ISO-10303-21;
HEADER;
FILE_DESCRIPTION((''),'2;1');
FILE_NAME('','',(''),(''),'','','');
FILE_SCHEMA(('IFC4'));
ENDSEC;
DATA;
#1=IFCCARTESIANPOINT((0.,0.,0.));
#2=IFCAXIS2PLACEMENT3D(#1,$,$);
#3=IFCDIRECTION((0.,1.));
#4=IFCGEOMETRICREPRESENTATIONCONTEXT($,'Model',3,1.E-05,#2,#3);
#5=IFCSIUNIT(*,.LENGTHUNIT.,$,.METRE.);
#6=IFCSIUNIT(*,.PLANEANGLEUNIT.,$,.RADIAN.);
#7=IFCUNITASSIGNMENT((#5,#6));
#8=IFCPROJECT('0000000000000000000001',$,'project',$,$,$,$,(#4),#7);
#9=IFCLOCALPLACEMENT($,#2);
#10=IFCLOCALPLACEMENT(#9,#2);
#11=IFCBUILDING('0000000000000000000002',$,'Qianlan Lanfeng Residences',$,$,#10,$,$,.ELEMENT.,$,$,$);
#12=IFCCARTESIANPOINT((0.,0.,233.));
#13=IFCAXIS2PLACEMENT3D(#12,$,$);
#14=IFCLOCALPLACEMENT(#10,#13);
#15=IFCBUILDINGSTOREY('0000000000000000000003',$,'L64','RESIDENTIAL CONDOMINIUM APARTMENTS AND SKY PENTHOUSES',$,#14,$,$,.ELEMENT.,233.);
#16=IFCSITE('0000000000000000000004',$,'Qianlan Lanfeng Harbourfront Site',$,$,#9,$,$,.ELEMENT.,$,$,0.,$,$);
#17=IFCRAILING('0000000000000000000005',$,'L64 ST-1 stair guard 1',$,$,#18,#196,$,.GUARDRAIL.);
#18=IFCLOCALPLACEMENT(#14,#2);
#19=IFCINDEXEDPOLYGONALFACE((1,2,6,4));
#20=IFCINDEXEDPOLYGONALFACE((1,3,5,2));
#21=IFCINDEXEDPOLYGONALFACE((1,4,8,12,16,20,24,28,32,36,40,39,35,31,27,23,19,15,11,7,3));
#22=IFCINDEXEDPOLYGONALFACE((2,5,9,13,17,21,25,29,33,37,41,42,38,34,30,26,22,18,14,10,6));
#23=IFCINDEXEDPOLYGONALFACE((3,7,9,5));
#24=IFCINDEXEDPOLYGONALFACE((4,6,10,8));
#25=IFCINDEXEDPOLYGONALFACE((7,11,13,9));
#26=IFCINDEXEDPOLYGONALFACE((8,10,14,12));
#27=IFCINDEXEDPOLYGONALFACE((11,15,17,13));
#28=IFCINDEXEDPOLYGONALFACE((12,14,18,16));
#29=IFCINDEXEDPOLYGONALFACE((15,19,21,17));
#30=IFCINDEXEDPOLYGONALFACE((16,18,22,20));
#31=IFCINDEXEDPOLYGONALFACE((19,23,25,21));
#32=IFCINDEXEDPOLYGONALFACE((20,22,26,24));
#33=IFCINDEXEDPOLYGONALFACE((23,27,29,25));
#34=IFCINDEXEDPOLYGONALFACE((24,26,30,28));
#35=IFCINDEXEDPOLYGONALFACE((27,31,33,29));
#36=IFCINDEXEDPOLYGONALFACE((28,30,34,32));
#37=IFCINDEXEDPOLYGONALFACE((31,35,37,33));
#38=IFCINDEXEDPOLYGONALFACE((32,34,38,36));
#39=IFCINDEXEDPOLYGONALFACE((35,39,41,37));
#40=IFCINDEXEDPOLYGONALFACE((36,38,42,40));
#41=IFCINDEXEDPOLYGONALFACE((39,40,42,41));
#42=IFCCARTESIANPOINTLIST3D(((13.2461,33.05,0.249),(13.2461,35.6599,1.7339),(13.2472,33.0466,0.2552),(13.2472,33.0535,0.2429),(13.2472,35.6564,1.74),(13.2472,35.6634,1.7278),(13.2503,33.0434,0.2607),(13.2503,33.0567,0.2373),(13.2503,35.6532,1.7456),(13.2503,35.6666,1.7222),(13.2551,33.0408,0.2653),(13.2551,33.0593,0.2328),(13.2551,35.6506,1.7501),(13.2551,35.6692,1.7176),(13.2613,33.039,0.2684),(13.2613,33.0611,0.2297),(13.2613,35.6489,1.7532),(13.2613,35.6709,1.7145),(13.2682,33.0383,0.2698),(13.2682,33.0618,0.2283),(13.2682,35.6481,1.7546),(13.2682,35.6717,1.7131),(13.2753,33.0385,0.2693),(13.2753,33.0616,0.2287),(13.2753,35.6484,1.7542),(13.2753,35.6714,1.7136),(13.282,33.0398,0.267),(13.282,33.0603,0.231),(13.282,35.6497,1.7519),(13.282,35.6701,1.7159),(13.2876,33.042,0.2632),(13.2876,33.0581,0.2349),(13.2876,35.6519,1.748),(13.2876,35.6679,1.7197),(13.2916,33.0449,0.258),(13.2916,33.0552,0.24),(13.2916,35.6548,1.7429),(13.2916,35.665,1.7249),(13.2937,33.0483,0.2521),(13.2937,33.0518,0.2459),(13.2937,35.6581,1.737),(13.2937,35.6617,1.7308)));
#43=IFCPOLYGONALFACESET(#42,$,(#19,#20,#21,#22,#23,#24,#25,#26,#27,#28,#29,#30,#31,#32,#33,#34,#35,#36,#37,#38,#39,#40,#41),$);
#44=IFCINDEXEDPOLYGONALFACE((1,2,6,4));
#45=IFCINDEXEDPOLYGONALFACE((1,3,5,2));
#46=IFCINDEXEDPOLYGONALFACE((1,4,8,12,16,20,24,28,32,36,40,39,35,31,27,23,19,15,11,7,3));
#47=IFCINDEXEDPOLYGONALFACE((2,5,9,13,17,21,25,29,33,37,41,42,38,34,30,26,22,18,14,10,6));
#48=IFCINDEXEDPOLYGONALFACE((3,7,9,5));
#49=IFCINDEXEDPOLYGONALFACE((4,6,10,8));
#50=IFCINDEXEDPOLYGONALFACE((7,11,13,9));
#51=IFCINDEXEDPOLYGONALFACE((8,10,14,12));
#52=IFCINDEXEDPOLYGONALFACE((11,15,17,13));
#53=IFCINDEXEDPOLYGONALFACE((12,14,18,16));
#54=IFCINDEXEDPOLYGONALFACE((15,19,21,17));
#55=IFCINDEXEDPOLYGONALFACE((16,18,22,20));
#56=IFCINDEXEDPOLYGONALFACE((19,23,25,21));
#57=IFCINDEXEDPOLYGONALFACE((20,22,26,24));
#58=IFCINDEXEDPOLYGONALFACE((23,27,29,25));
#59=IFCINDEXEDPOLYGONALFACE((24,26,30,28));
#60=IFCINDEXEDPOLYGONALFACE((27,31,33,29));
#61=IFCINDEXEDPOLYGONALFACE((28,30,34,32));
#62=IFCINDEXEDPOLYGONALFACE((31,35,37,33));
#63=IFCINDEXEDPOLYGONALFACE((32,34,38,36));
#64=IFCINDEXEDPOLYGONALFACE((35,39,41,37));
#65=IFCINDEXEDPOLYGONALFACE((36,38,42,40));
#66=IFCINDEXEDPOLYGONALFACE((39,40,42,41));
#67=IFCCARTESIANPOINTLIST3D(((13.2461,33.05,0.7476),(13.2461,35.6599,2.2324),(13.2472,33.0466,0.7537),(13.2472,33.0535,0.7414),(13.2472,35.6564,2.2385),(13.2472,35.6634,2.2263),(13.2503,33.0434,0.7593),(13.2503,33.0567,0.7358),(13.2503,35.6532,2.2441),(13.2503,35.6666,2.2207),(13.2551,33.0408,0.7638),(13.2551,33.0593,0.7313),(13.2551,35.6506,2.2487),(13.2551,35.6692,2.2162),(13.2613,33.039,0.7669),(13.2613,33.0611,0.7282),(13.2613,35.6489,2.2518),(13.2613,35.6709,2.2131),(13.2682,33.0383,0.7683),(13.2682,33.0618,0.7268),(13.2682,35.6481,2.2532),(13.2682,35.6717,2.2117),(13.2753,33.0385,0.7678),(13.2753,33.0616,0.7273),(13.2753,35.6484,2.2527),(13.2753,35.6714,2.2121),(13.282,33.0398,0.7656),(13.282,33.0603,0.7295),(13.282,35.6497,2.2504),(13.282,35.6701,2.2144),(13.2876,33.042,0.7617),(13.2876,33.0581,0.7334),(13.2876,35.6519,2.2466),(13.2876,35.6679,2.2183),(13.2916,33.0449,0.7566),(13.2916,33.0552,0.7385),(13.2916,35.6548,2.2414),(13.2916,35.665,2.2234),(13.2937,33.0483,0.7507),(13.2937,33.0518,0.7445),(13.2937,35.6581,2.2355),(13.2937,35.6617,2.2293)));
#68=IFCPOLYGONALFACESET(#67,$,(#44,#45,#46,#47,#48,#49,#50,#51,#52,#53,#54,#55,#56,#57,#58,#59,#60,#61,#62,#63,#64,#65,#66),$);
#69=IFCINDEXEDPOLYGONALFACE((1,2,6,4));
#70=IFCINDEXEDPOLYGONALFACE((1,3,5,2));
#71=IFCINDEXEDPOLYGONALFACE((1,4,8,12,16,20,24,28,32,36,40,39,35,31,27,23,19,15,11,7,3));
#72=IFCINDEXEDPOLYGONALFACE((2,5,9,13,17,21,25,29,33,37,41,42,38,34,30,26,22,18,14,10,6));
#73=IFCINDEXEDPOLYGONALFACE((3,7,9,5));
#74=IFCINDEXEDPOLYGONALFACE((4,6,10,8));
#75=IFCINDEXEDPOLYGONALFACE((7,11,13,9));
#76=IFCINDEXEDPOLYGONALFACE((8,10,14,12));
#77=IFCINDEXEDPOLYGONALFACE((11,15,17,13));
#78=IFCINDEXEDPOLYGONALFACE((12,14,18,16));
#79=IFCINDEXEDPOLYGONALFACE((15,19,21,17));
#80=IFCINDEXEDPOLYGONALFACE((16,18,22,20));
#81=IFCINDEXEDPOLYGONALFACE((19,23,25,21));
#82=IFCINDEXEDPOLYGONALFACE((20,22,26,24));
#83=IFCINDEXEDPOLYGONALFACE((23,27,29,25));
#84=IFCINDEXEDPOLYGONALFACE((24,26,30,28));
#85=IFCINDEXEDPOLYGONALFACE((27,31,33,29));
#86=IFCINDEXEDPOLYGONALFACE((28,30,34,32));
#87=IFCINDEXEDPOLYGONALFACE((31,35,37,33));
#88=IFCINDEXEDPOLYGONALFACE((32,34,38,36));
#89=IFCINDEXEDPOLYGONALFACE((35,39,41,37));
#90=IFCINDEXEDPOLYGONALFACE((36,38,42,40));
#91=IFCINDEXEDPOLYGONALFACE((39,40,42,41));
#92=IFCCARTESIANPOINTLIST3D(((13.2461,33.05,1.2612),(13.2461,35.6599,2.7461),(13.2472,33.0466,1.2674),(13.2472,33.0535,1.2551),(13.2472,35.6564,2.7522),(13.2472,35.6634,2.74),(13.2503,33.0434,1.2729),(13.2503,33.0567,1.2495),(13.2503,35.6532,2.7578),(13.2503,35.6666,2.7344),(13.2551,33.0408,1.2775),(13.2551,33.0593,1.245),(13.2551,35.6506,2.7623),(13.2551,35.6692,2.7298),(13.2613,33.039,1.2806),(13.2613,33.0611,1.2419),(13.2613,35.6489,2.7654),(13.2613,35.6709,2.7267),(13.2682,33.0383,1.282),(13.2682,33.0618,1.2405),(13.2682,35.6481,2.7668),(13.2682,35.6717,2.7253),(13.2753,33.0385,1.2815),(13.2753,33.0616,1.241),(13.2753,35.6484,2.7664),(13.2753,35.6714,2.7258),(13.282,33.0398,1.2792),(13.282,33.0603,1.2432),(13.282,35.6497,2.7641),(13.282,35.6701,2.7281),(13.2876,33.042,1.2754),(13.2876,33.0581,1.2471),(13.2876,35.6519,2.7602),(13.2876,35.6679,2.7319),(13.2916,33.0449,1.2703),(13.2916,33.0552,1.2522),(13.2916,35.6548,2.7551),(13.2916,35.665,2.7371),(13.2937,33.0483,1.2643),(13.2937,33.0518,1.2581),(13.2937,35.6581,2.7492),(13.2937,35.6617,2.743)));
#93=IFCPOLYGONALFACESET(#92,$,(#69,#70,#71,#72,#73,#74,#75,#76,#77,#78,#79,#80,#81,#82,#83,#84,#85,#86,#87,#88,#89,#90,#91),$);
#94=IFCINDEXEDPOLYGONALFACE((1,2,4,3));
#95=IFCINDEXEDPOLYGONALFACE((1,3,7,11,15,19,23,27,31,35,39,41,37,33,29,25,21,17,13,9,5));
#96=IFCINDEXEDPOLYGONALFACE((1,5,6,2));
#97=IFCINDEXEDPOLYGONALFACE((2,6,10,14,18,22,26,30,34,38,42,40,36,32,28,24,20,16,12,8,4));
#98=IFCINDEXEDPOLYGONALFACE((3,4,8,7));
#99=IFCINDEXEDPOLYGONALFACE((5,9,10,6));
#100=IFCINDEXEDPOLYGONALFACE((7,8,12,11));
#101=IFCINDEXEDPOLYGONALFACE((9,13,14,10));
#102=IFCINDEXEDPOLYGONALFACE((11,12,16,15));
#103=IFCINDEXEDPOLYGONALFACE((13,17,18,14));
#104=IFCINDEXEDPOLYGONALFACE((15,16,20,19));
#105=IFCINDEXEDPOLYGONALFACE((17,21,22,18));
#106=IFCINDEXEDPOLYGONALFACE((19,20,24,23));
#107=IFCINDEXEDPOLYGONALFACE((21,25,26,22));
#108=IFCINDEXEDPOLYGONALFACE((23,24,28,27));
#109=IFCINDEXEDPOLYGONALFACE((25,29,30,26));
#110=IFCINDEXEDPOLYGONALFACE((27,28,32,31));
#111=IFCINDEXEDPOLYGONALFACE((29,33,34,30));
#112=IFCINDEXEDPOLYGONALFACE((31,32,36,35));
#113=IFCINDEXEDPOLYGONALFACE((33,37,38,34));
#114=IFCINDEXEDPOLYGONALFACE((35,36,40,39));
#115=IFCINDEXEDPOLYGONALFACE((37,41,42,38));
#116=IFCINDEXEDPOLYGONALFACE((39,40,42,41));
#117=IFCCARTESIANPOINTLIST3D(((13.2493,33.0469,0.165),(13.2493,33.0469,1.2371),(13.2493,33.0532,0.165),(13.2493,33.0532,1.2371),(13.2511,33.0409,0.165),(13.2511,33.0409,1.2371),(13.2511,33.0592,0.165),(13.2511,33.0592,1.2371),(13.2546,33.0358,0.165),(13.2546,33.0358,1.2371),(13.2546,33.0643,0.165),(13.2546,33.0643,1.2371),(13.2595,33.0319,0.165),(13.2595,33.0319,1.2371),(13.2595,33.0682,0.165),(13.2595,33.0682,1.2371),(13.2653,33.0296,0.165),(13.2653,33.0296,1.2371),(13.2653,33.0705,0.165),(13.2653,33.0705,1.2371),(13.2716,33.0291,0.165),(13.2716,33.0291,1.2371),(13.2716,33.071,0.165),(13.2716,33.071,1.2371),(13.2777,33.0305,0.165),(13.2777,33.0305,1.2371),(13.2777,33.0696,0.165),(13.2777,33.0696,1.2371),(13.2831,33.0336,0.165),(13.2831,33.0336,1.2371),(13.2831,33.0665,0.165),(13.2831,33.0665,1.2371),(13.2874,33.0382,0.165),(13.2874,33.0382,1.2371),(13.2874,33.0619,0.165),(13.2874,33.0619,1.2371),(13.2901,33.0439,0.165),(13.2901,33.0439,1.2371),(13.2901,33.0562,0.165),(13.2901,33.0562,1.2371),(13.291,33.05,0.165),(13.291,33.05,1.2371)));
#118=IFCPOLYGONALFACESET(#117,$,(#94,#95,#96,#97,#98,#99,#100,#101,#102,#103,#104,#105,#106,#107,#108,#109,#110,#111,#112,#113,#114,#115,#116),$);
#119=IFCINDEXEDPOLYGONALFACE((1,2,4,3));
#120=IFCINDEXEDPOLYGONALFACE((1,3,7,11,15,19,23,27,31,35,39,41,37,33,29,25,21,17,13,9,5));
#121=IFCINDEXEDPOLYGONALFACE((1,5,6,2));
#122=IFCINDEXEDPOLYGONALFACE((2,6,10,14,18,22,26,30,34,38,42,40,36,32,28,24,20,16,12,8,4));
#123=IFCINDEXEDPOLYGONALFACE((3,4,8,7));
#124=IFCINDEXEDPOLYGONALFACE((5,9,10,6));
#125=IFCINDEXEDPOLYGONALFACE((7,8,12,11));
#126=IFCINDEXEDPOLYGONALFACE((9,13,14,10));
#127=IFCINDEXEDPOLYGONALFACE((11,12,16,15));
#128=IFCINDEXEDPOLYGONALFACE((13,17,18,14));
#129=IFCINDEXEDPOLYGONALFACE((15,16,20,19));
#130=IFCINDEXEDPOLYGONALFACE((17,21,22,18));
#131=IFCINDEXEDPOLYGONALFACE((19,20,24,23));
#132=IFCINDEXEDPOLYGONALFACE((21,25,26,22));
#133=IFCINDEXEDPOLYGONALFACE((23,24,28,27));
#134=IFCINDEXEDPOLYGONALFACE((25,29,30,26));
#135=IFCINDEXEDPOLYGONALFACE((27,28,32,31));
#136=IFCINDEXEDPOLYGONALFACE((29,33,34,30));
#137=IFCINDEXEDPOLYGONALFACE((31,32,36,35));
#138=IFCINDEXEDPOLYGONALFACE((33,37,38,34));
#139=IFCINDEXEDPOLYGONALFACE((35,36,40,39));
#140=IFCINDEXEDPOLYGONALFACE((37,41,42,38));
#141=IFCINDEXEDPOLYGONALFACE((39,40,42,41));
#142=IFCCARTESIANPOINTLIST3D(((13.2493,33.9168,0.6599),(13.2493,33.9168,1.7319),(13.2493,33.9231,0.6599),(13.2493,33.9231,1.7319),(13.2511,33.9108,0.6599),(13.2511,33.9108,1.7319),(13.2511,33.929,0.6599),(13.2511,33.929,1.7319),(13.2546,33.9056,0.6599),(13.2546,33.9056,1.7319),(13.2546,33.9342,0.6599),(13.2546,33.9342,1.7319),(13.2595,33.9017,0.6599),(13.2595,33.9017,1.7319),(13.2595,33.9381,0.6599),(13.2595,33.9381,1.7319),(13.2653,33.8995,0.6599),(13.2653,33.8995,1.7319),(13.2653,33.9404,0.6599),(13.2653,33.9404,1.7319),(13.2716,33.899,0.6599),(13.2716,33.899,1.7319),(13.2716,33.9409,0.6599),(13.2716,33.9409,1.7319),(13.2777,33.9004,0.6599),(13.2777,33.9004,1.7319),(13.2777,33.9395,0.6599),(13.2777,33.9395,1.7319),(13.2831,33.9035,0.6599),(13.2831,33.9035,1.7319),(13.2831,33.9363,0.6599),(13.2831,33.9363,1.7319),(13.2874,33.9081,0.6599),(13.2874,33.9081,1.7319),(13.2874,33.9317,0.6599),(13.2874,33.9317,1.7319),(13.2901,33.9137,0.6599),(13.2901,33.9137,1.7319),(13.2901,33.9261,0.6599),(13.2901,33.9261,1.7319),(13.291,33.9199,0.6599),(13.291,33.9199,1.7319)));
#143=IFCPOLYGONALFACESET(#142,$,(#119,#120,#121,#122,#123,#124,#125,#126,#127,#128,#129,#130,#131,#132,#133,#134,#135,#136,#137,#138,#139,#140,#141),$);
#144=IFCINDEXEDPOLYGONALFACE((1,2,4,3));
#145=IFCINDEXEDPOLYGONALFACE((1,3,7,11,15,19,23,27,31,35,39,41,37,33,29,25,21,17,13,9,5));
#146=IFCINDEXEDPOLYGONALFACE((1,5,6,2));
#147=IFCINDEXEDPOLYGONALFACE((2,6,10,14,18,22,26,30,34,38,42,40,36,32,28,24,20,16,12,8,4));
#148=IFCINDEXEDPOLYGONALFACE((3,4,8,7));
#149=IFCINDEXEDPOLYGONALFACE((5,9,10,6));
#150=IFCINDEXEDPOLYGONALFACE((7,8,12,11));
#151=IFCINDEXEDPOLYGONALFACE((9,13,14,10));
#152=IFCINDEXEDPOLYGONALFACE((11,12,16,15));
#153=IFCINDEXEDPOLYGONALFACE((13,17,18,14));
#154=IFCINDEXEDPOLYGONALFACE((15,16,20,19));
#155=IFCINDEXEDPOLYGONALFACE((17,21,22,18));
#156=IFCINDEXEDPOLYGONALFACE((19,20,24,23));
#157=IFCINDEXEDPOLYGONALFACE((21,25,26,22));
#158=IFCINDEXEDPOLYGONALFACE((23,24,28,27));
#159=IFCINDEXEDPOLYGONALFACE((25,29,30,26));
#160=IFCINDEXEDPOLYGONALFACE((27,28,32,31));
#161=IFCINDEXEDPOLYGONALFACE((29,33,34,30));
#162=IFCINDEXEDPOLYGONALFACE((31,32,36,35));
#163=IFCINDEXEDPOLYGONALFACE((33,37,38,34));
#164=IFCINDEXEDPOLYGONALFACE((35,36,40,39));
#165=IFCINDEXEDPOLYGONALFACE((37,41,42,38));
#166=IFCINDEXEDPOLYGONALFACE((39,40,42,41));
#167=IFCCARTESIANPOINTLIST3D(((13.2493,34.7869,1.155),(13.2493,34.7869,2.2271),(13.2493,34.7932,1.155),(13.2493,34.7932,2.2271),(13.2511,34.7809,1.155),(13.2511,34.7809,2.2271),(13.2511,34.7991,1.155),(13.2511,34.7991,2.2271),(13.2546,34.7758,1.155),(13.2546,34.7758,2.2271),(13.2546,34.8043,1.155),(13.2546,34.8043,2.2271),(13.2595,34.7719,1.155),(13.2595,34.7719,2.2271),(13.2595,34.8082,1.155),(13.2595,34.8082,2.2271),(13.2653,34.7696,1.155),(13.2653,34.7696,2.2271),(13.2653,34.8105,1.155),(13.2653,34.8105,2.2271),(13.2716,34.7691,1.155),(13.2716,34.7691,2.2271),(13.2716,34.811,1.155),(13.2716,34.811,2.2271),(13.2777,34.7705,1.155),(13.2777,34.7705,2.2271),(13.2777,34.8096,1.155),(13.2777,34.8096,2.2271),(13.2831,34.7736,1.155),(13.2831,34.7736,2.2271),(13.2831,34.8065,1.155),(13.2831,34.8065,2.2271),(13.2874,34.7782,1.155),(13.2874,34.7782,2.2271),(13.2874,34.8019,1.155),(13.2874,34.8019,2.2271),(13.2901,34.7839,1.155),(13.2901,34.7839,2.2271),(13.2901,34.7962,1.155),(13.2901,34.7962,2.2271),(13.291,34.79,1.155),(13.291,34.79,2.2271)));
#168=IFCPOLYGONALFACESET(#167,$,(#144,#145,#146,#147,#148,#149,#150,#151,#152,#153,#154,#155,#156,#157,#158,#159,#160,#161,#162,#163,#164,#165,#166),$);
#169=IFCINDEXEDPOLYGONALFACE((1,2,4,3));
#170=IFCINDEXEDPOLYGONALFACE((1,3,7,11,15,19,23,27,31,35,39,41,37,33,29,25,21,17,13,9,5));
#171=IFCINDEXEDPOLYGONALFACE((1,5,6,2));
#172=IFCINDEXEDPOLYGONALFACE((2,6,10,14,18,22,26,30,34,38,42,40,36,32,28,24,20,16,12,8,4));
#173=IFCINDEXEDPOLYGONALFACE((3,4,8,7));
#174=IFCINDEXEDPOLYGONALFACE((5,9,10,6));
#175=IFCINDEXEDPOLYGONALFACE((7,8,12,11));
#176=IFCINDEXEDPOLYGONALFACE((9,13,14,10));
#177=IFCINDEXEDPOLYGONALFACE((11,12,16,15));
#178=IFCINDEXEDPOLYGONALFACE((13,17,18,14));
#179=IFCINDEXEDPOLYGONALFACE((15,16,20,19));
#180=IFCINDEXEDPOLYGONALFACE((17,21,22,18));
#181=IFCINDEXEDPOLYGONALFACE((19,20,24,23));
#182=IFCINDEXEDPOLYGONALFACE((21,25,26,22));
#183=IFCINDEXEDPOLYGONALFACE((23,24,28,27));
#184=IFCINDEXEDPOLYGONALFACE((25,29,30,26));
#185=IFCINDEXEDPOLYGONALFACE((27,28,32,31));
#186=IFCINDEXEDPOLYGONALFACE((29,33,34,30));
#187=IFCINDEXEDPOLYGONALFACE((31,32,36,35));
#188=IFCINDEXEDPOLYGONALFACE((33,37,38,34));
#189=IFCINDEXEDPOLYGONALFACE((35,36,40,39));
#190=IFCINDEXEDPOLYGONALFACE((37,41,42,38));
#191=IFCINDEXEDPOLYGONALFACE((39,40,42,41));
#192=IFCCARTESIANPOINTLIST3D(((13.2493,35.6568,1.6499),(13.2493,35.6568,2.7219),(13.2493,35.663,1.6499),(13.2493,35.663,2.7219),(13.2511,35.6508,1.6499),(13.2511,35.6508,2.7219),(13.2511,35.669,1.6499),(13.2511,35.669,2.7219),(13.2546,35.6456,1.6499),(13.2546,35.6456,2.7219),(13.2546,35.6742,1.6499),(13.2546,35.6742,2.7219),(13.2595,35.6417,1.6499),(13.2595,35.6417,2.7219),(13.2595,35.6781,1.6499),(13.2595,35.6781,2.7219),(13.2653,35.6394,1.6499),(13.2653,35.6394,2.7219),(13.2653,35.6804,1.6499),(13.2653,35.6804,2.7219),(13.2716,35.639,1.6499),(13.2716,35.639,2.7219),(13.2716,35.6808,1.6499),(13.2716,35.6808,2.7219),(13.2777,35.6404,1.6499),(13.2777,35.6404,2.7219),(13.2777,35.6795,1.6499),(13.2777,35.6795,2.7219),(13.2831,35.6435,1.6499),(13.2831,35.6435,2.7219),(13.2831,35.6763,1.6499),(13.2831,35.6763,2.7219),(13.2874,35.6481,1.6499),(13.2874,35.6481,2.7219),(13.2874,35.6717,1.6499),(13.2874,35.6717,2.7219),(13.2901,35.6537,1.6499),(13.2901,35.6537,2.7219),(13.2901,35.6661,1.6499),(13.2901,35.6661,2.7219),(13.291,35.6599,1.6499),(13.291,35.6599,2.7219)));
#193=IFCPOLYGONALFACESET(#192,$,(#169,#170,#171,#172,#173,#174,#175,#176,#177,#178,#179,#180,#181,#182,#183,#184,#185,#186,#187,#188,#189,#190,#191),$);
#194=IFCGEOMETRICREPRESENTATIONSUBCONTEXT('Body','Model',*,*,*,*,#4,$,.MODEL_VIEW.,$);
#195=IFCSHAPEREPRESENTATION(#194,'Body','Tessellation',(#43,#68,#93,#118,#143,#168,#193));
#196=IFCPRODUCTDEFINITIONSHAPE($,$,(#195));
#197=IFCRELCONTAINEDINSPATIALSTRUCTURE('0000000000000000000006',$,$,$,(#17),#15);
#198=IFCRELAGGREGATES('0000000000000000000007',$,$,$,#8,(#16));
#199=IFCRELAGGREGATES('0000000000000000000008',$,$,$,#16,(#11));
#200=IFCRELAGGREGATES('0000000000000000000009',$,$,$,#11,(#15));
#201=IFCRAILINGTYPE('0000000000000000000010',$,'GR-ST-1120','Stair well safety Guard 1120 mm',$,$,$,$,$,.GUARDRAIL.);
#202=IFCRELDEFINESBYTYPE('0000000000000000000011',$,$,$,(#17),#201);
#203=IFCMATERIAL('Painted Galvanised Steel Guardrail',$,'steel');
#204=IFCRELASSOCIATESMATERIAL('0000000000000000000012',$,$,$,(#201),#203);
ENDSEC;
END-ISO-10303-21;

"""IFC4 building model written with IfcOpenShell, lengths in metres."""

from ifc_helpers import new_model, si_unit, direction, frame, origin, origin_2d, place, context, subcontext, project, spatial, circle, extrude, material, type_object, element, save


model = new_model("IFC4")

# Units and contexts
model_context = context("Model", 3, precision=1e-05, world=origin(), true_north=direction((0.0, 1.0)))
body_context = subcontext(model_context, "Body", "Model", "MODEL_VIEW")
ifc_project = project(units=[si_unit("LENGTHUNIT", "METRE"), si_unit("PLANEANGLEUNIT", "RADIAN")], contexts=[model_context])

# Site, building, storey
site_placement = place(None, origin())
site = spatial("IfcSite", under=ifc_project, at=site_placement, Name="Qianlan Lanfeng Harbourfront Site", CompositionType="ELEMENT", RefElevation=0.0)
building_placement = place(site_placement, origin())
building = spatial("IfcBuilding", under=site, at=building_placement, Name="Qianlan Lanfeng Residences", CompositionType="ELEMENT")
storey_placement = place(building_placement, frame((0.0, 0.0, 233.0)))
storey = spatial("IfcBuildingStorey", under=building, at=storey_placement, Name="L64", Description="RESIDENTIAL CONDOMINIUM APARTMENTS AND SKY PENTHOUSES", CompositionType="ELEMENT", Elevation=233.0)

# Railing
ifc_material_1 = material(Name="Painted Galvanised Steel Guardrail", Category="steel")
railing_type_1 = type_object("IfcRailingType", Name="GR-ST-1120", Description="Stair well safety Guard 1120 mm", PredefinedType="GUARDRAIL", material=ifc_material_1)
railing_1_placement = place(storey_placement, frame((13.27, 33.05, 0.165)))
element("IfcRailing", 1, at=railing_1_placement, inside=storey, type_object=railing_type_1, Name="L64 ST-1 stair guard 1", PredefinedType="GUARDRAIL", context=body_context, shape_type="SweptSolid", body=[
    extrude(circle(Radius=0.0239, at=origin_2d()), frame((0.0, 0.0, 0.084), z_axis=(0.0, 0.869172, 0.494509), x_axis=(-1.0, 0.0, 0.0)), (0.0, 0.0, 1.0), 3.0027),
    extrude(circle(Radius=0.0239, at=origin_2d()), frame((0.0, 0.0, 0.5825), z_axis=(0.0, 0.869172, 0.494509), x_axis=(-1.0, 0.0, 0.0)), (0.0, 0.0, 1.0), 3.0027),
    extrude(circle(Radius=0.0239, at=origin_2d()), frame((0.0, 0.0, 1.0962), z_axis=(0.0, 0.869172, 0.494509), x_axis=(-1.0, 0.0, 0.0)), (0.0, 0.0, 1.0), 3.0027),
    extrude(circle(Radius=0.021, at=origin_2d()), origin(), (0.0, 0.0, 1.0), 1.072),
    extrude(circle(Radius=0.021, at=origin_2d()), frame((0.0, 0.8699, 0.4949)), (0.0, 0.0, 1.0), 1.072),
    extrude(circle(Radius=0.021, at=origin_2d()), frame((0.0, 1.74, 0.99)), (0.0, 0.0, 1.0), 1.072),
    extrude(circle(Radius=0.021, at=origin_2d()), frame((0.0, 2.6099, 1.4849)), (0.0, 0.0, 1.0), 1.072),
])

save(model, "model.ifc")
